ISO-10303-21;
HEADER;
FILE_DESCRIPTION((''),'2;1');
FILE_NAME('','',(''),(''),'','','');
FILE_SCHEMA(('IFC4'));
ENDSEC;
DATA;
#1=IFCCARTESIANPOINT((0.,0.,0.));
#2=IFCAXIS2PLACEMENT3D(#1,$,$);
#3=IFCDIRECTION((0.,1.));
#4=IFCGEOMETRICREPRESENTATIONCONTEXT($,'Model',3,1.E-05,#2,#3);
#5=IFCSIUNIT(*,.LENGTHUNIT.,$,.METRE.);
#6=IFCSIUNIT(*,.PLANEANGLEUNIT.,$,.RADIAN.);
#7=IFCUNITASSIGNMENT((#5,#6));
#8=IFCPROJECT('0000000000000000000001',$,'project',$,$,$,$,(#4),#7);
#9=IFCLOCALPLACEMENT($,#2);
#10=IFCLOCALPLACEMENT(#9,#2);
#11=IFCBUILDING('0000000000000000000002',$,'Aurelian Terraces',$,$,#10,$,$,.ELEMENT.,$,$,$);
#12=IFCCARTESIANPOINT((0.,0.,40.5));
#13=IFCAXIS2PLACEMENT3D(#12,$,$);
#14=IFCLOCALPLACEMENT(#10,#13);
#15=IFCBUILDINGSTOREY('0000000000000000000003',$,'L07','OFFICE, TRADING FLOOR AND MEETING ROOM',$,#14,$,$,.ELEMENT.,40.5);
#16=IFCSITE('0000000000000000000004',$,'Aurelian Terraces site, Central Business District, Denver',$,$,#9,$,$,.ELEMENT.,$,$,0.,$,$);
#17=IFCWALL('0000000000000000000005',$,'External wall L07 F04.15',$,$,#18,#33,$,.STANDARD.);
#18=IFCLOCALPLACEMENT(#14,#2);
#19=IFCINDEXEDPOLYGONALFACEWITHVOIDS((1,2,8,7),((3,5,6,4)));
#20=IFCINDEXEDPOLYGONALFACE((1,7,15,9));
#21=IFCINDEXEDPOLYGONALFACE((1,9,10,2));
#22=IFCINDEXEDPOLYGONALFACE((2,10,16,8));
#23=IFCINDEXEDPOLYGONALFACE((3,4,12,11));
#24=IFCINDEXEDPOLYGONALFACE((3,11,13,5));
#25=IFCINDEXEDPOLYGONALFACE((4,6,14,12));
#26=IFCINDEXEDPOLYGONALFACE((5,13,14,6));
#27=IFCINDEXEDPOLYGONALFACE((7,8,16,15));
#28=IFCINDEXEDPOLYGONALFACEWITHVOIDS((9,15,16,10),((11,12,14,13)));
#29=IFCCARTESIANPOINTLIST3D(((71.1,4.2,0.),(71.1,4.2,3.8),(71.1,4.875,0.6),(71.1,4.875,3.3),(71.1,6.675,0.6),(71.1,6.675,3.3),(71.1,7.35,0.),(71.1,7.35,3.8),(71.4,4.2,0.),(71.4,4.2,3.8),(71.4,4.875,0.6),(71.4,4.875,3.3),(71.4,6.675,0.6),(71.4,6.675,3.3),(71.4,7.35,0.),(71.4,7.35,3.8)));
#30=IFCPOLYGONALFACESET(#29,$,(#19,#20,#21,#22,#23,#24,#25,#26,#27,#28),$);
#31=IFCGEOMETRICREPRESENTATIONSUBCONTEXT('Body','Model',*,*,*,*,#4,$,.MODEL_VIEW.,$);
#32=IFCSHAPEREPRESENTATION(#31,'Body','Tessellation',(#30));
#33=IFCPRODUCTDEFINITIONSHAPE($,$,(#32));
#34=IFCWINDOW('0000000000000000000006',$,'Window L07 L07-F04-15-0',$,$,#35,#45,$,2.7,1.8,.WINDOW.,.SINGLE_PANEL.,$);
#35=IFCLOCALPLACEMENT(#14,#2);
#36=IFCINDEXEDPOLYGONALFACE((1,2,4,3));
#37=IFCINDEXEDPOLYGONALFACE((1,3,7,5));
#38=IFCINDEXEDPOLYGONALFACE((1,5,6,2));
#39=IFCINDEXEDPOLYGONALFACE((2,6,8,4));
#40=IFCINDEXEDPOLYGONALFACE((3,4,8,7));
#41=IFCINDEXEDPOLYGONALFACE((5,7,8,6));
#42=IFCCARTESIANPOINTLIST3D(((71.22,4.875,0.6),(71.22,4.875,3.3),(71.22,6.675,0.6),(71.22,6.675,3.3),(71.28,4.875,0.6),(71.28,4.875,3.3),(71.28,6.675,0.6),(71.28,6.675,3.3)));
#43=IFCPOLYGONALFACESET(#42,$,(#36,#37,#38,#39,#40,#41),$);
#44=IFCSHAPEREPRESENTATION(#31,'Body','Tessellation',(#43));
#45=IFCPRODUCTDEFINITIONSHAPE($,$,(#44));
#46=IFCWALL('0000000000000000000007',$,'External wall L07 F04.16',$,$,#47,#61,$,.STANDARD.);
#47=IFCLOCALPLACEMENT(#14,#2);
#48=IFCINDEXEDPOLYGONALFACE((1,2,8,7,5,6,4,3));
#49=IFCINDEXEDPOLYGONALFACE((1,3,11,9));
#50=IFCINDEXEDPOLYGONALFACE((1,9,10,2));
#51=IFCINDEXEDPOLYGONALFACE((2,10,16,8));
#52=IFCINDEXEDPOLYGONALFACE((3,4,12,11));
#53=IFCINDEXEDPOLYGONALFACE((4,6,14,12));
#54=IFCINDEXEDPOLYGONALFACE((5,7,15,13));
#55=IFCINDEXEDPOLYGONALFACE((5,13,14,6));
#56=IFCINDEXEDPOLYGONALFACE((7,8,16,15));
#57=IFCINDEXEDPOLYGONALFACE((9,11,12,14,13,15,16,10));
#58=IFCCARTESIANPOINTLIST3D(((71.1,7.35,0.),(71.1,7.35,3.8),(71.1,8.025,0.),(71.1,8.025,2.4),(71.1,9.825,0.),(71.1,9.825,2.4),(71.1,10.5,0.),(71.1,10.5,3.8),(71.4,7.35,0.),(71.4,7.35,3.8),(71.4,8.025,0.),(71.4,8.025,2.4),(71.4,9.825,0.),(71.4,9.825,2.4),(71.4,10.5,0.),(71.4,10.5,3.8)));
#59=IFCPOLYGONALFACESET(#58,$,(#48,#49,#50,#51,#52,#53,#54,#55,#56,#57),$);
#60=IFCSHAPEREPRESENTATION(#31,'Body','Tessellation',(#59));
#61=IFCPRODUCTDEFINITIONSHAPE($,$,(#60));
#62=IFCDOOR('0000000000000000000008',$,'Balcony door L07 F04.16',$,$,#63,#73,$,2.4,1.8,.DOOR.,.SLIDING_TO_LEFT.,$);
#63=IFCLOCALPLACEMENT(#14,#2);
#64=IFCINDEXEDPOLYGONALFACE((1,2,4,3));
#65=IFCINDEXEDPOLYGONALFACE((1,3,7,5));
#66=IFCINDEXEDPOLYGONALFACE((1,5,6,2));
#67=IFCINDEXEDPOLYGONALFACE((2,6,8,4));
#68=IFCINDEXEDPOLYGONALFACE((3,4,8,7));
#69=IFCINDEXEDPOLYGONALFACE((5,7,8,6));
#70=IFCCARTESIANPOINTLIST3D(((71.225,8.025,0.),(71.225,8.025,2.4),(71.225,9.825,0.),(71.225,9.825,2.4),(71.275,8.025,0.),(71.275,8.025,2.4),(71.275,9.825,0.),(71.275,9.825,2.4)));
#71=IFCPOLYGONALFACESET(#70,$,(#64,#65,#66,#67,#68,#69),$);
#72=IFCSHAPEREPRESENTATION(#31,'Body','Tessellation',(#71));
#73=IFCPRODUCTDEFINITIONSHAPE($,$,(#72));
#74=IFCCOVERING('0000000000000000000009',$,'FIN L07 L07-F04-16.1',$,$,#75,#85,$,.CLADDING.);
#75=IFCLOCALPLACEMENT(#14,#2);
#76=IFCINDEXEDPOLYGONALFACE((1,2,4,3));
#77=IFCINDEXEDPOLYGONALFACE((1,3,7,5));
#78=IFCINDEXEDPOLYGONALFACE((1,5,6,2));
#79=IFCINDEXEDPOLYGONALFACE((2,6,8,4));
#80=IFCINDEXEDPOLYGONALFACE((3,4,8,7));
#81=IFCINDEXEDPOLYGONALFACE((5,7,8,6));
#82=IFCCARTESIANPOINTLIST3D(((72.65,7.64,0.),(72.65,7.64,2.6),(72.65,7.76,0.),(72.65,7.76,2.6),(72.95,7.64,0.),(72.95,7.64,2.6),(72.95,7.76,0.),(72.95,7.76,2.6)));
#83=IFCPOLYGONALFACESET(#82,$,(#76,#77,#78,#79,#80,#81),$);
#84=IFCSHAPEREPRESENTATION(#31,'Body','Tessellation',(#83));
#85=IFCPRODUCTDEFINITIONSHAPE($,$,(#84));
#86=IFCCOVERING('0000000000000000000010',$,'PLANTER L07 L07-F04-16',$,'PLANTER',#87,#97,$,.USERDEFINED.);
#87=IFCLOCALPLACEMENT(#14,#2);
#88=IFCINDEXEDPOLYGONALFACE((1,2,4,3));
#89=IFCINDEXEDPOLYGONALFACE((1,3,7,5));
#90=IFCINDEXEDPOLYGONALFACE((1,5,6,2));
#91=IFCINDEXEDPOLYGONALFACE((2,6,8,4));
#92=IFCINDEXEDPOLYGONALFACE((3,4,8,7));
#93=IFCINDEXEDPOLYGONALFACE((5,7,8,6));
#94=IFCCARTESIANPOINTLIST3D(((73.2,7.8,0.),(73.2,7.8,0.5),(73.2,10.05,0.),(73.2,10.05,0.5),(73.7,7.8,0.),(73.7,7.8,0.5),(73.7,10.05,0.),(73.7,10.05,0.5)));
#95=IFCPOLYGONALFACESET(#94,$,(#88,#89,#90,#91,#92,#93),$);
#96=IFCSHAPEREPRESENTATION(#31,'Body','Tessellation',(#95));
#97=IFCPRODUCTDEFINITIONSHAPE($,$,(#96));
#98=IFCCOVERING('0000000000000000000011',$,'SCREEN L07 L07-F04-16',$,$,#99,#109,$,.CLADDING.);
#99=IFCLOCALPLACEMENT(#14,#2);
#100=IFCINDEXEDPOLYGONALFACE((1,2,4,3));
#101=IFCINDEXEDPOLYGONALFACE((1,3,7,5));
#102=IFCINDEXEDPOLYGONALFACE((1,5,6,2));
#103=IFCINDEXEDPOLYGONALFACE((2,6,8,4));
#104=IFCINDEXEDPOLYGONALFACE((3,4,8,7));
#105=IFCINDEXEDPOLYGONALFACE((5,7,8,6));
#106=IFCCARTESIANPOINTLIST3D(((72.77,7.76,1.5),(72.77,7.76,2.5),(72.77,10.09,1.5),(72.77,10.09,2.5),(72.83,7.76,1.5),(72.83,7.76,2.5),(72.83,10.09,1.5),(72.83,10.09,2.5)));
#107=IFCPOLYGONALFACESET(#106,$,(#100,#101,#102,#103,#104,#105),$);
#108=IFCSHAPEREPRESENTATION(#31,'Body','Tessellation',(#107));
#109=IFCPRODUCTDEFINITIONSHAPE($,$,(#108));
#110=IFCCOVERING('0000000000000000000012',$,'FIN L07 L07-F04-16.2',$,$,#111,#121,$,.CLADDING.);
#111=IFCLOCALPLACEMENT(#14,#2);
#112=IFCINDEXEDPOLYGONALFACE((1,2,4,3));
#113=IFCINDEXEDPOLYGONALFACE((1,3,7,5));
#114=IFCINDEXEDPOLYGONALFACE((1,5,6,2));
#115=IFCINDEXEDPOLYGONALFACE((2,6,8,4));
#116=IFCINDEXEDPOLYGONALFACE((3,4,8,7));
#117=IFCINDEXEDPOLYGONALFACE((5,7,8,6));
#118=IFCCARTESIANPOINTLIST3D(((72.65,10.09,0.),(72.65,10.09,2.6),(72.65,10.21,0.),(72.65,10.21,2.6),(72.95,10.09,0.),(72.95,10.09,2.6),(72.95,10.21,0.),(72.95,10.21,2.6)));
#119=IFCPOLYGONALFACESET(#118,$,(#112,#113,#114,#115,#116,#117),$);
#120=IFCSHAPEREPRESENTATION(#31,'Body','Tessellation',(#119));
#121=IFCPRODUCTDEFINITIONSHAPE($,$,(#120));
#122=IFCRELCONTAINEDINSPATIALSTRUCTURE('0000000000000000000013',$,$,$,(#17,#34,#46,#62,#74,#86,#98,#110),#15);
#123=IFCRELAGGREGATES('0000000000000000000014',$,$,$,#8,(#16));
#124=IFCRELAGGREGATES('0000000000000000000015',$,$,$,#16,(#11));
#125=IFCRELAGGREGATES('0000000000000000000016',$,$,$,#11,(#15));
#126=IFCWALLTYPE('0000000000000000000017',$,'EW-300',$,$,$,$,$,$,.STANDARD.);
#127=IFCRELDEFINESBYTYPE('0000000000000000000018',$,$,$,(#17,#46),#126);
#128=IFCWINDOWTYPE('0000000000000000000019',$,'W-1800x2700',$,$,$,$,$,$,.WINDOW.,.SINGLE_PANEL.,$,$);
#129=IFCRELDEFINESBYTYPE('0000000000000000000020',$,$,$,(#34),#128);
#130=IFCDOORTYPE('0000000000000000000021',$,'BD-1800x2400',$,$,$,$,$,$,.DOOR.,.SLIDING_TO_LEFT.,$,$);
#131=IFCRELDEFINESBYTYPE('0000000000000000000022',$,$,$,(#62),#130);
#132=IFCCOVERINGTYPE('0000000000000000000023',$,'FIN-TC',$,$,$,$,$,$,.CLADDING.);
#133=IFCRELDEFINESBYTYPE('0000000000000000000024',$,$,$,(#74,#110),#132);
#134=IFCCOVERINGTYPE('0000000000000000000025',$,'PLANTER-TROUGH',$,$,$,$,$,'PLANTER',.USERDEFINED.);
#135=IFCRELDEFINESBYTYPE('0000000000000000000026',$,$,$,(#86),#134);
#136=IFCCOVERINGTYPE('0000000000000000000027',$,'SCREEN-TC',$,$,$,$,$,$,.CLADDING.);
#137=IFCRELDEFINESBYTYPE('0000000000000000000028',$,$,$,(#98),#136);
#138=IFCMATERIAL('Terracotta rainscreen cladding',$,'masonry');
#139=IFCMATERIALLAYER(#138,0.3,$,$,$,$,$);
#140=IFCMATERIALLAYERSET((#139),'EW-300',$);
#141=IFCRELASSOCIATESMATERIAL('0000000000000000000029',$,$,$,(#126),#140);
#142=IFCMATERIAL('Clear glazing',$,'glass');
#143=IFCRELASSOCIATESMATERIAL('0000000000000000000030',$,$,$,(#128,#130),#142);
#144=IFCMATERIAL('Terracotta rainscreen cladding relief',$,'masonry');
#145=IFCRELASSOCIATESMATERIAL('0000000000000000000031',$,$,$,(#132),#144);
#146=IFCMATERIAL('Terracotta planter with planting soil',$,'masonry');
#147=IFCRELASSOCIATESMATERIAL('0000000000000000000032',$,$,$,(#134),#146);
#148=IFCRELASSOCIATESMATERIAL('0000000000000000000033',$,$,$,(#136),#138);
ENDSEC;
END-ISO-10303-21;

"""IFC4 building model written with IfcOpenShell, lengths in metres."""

from ifc_helpers import new_model, si_unit, direction, frame, frame_2d, origin, origin_2d, place, context, subcontext, project, spatial, rectangle, extrude, source, transform, mapped, material, layer, layer_set, type_object, element, fill, save


model = new_model("IFC4")

# Units and contexts
model_context = context("Model", 3, precision=1e-05, world=origin(), true_north=direction((0.0, 1.0)))
body_context = subcontext(model_context, "Body", "Model", "MODEL_VIEW")
ifc_project = project(units=[si_unit("LENGTHUNIT", "METRE"), si_unit("PLANEANGLEUNIT", "RADIAN")], contexts=[model_context])

# Site, building, storey
site_placement = place(None, origin())
site = spatial("IfcSite", under=ifc_project, at=site_placement, Name="Aurelian Terraces site, Central Business District, Denver", CompositionType="ELEMENT", RefElevation=0.0)
building_placement = place(site_placement, origin())
building = spatial("IfcBuilding", under=site, at=building_placement, Name="Aurelian Terraces", CompositionType="ELEMENT")
storey_placement = place(building_placement, frame((0.0, 0.0, 40.5)))
storey = spatial("IfcBuildingStorey", under=building, at=storey_placement, Name="L07", Description="OFFICE, TRADING FLOOR AND MEETING ROOM", CompositionType="ELEMENT", Elevation=40.5)

# Shared definitions
ifc_material_1 = material(Name="Terracotta rainscreen cladding", Category="masonry")
ifc_layer_1 = layer(ifc_material_1, 0.3)
ifc_layer_set_1 = layer_set([ifc_layer_1], Name="EW-300")
wall_type_1 = type_object("IfcWallType", Name="EW-300", PredefinedType="STANDARD", material=ifc_layer_set_1)
ifc_material_2 = material(Name="Clear glazing", Category="glass")

# Wall, opening, window
shared_shape_1 = source(origin(), body_context, "Body", "SweptSolid", [
    extrude(rectangle(XDim=3.15, YDim=0.3, at=frame_2d((1.575, 0.0))), origin(), (0.0, 0.0, 1.0), 3.8),
])
wall_1_placement = place(storey_placement, frame((71.25, 4.2, 0.0), z_axis=(0.0, 0.0, 1.0), x_axis=(0.0, 1.0, 0.0)))
wall_1 = element("IfcWall", 1, at=wall_1_placement, inside=storey, type_object=wall_type_1, Name="External wall L07 F04.15", PredefinedType="STANDARD", context=body_context, shape_type="MappedRepresentation", body=[
    mapped(shared_shape_1, transform((0.0, 0.0, 0.0), scale=1.0)),
])
shared_shape_2 = source(origin(), body_context, "Body", "SweptSolid", [
    extrude(rectangle(XDim=1.8, YDim=2.7, at=frame_2d((0.9, 1.35))), frame((0.0, 0.16, 0.0), z_axis=(0.0, -1.0, 0.0), x_axis=(1.0, 0.0, 0.0)), (0.0, 0.0, 1.0), 0.32),
])
opening_1_placement = place(wall_1_placement, frame((0.675, 0.0, 0.6)))
opening_1 = element("IfcOpeningElement", 2, at=opening_1_placement, cuts=wall_1, PredefinedType="OPENING", context=body_context, shape_type="MappedRepresentation", body=[
    mapped(shared_shape_2, transform((0.0, 0.0, 0.0), scale=1.0)),
])
window_type_1 = type_object("IfcWindowType", Name="W-1800x2700", PartitioningType="SINGLE_PANEL", PredefinedType="WINDOW", material=ifc_material_2)
shared_shape_3 = source(origin(), body_context, "Body", "SweptSolid", [
    extrude(rectangle(XDim=1.8, YDim=2.7, at=frame_2d((0.9, 1.35))), frame((0.0, 0.03, 0.0), z_axis=(0.0, -1.0, 0.0), x_axis=(1.0, 0.0, 0.0)), (0.0, 0.0, 1.0), 0.06),
])
window_1_placement = place(opening_1_placement, origin())
window_1 = element("IfcWindow", 3, at=window_1_placement, inside=storey, type_object=window_type_1, Name="Window L07 L07-F04-15-0", OverallHeight=2.7, OverallWidth=1.8, PartitioningType="SINGLE_PANEL", PredefinedType="WINDOW", context=body_context, shape_type="MappedRepresentation", body=[
    mapped(shared_shape_3, transform((0.0, 0.0, 0.0), scale=1.0)),
])
fill(opening_1, window_1)

# Wall, opening, door
wall_2_placement = place(storey_placement, frame((71.25, 7.35, 0.0), z_axis=(0.0, 0.0, 1.0), x_axis=(0.0, 1.0, 0.0)))
wall_2 = element("IfcWall", 4, at=wall_2_placement, inside=storey, type_object=wall_type_1, Name="External wall L07 F04.16", PredefinedType="STANDARD", context=body_context, shape_type="MappedRepresentation", body=[
    mapped(shared_shape_1, transform((0.0, 0.0, 0.0), scale=1.0)),
])
shared_shape_4 = source(origin(), body_context, "Body", "SweptSolid", [
    extrude(rectangle(XDim=1.8, YDim=2.4, at=frame_2d((0.9, 1.2))), frame((0.0, 0.16, 0.0), z_axis=(0.0, -1.0, 0.0), x_axis=(1.0, 0.0, 0.0)), (0.0, 0.0, 1.0), 0.32),
])
opening_2_placement = place(wall_2_placement, frame((0.675, 0.0, 0.0)))
opening_2 = element("IfcOpeningElement", 5, at=opening_2_placement, cuts=wall_2, PredefinedType="OPENING", context=body_context, shape_type="MappedRepresentation", body=[
    mapped(shared_shape_4, transform((0.0, 0.0, 0.0), scale=1.0)),
])
door_type_1 = type_object("IfcDoorType", Name="BD-1800x2400", OperationType="SLIDING_TO_LEFT", PredefinedType="DOOR", material=ifc_material_2)
shared_shape_5 = source(origin(), body_context, "Body", "SweptSolid", [
    extrude(rectangle(XDim=1.8, YDim=2.4, at=frame_2d((0.9, 1.2))), frame((0.0, 0.025, 0.0), z_axis=(0.0, -1.0, 0.0), x_axis=(1.0, 0.0, 0.0)), (0.0, 0.0, 1.0), 0.05),
])
door_1_placement = place(opening_2_placement, origin())
door_1 = element("IfcDoor", 6, at=door_1_placement, inside=storey, type_object=door_type_1, Name="Balcony door L07 F04.16", OperationType="SLIDING_TO_LEFT", OverallHeight=2.4, OverallWidth=1.8, PredefinedType="DOOR", context=body_context, shape_type="MappedRepresentation", body=[
    mapped(shared_shape_5, transform((0.0, 0.0, 0.0), scale=1.0)),
])
fill(opening_2, door_1)

# Covering
ifc_material_3 = material(Name="Terracotta rainscreen cladding relief", Category="masonry")
covering_type_1 = type_object("IfcCoveringType", Name="FIN-TC", PredefinedType="CLADDING", material=ifc_material_3)
covering_1_placement = place(storey_placement, frame((72.8, 7.7, 0.0), z_axis=(0.0, 0.0, 1.0), x_axis=(1.0, 0.0, 0.0)))
element("IfcCovering", 7, at=covering_1_placement, inside=storey, type_object=covering_type_1, Name="FIN L07 L07-F04-16.1", PredefinedType="CLADDING", context=body_context, shape_type="SweptSolid", body=[
    extrude(rectangle(XDim=0.3, YDim=0.12, at=origin_2d()), origin(), (0.0, 0.0, 1.0), 2.6),
])

# Coverings
ifc_material_4 = material(Name="Terracotta planter with planting soil", Category="masonry")
covering_type_2 = type_object("IfcCoveringType", Name="PLANTER-TROUGH", ElementType="PLANTER", PredefinedType="USERDEFINED", material=ifc_material_4)
covering_2_placement = place(storey_placement, frame((73.45, 8.925, 0.0), z_axis=(0.0, 0.0, 1.0), x_axis=(1.0, 0.0, 0.0)))
element("IfcCovering", 8, at=covering_2_placement, inside=storey, type_object=covering_type_2, Name="PLANTER L07 L07-F04-16", ObjectType="PLANTER", PredefinedType="USERDEFINED", context=body_context, shape_type="SweptSolid", body=[
    extrude(rectangle(XDim=0.5, YDim=2.25, at=origin_2d()), origin(), (0.0, 0.0, 1.0), 0.5),
])
covering_type_3 = type_object("IfcCoveringType", Name="SCREEN-TC", PredefinedType="CLADDING", material=ifc_material_1)
covering_3_placement = place(storey_placement, frame((72.8, 8.925, 1.5), z_axis=(0.0, 0.0, 1.0), x_axis=(1.0, 0.0, 0.0)))
element("IfcCovering", 9, at=covering_3_placement, inside=storey, type_object=covering_type_3, Name="SCREEN L07 L07-F04-16", PredefinedType="CLADDING", context=body_context, shape_type="SweptSolid", body=[
    extrude(rectangle(XDim=0.06, YDim=2.33, at=origin_2d()), origin(), (0.0, 0.0, 1.0), 1.0),
])
shared_shape_6 = source(origin(), body_context, "Body", "SweptSolid", [
    extrude(rectangle(XDim=0.3, YDim=0.12, at=origin_2d()), origin(), (0.0, 0.0, 1.0), 2.6),
])
covering_4_placement = place(storey_placement, frame((72.8, 10.15, 0.0), z_axis=(0.0, 0.0, 1.0), x_axis=(1.0, 0.0, 0.0)))
element("IfcCovering", 10, at=covering_4_placement, inside=storey, type_object=covering_type_1, Name="FIN L07 L07-F04-16.2", PredefinedType="CLADDING", context=body_context, shape_type="MappedRepresentation", body=[
    mapped(shared_shape_6, transform((0.0, 0.0, 0.0), scale=1.0)),
])

save(model, "model.ifc")
